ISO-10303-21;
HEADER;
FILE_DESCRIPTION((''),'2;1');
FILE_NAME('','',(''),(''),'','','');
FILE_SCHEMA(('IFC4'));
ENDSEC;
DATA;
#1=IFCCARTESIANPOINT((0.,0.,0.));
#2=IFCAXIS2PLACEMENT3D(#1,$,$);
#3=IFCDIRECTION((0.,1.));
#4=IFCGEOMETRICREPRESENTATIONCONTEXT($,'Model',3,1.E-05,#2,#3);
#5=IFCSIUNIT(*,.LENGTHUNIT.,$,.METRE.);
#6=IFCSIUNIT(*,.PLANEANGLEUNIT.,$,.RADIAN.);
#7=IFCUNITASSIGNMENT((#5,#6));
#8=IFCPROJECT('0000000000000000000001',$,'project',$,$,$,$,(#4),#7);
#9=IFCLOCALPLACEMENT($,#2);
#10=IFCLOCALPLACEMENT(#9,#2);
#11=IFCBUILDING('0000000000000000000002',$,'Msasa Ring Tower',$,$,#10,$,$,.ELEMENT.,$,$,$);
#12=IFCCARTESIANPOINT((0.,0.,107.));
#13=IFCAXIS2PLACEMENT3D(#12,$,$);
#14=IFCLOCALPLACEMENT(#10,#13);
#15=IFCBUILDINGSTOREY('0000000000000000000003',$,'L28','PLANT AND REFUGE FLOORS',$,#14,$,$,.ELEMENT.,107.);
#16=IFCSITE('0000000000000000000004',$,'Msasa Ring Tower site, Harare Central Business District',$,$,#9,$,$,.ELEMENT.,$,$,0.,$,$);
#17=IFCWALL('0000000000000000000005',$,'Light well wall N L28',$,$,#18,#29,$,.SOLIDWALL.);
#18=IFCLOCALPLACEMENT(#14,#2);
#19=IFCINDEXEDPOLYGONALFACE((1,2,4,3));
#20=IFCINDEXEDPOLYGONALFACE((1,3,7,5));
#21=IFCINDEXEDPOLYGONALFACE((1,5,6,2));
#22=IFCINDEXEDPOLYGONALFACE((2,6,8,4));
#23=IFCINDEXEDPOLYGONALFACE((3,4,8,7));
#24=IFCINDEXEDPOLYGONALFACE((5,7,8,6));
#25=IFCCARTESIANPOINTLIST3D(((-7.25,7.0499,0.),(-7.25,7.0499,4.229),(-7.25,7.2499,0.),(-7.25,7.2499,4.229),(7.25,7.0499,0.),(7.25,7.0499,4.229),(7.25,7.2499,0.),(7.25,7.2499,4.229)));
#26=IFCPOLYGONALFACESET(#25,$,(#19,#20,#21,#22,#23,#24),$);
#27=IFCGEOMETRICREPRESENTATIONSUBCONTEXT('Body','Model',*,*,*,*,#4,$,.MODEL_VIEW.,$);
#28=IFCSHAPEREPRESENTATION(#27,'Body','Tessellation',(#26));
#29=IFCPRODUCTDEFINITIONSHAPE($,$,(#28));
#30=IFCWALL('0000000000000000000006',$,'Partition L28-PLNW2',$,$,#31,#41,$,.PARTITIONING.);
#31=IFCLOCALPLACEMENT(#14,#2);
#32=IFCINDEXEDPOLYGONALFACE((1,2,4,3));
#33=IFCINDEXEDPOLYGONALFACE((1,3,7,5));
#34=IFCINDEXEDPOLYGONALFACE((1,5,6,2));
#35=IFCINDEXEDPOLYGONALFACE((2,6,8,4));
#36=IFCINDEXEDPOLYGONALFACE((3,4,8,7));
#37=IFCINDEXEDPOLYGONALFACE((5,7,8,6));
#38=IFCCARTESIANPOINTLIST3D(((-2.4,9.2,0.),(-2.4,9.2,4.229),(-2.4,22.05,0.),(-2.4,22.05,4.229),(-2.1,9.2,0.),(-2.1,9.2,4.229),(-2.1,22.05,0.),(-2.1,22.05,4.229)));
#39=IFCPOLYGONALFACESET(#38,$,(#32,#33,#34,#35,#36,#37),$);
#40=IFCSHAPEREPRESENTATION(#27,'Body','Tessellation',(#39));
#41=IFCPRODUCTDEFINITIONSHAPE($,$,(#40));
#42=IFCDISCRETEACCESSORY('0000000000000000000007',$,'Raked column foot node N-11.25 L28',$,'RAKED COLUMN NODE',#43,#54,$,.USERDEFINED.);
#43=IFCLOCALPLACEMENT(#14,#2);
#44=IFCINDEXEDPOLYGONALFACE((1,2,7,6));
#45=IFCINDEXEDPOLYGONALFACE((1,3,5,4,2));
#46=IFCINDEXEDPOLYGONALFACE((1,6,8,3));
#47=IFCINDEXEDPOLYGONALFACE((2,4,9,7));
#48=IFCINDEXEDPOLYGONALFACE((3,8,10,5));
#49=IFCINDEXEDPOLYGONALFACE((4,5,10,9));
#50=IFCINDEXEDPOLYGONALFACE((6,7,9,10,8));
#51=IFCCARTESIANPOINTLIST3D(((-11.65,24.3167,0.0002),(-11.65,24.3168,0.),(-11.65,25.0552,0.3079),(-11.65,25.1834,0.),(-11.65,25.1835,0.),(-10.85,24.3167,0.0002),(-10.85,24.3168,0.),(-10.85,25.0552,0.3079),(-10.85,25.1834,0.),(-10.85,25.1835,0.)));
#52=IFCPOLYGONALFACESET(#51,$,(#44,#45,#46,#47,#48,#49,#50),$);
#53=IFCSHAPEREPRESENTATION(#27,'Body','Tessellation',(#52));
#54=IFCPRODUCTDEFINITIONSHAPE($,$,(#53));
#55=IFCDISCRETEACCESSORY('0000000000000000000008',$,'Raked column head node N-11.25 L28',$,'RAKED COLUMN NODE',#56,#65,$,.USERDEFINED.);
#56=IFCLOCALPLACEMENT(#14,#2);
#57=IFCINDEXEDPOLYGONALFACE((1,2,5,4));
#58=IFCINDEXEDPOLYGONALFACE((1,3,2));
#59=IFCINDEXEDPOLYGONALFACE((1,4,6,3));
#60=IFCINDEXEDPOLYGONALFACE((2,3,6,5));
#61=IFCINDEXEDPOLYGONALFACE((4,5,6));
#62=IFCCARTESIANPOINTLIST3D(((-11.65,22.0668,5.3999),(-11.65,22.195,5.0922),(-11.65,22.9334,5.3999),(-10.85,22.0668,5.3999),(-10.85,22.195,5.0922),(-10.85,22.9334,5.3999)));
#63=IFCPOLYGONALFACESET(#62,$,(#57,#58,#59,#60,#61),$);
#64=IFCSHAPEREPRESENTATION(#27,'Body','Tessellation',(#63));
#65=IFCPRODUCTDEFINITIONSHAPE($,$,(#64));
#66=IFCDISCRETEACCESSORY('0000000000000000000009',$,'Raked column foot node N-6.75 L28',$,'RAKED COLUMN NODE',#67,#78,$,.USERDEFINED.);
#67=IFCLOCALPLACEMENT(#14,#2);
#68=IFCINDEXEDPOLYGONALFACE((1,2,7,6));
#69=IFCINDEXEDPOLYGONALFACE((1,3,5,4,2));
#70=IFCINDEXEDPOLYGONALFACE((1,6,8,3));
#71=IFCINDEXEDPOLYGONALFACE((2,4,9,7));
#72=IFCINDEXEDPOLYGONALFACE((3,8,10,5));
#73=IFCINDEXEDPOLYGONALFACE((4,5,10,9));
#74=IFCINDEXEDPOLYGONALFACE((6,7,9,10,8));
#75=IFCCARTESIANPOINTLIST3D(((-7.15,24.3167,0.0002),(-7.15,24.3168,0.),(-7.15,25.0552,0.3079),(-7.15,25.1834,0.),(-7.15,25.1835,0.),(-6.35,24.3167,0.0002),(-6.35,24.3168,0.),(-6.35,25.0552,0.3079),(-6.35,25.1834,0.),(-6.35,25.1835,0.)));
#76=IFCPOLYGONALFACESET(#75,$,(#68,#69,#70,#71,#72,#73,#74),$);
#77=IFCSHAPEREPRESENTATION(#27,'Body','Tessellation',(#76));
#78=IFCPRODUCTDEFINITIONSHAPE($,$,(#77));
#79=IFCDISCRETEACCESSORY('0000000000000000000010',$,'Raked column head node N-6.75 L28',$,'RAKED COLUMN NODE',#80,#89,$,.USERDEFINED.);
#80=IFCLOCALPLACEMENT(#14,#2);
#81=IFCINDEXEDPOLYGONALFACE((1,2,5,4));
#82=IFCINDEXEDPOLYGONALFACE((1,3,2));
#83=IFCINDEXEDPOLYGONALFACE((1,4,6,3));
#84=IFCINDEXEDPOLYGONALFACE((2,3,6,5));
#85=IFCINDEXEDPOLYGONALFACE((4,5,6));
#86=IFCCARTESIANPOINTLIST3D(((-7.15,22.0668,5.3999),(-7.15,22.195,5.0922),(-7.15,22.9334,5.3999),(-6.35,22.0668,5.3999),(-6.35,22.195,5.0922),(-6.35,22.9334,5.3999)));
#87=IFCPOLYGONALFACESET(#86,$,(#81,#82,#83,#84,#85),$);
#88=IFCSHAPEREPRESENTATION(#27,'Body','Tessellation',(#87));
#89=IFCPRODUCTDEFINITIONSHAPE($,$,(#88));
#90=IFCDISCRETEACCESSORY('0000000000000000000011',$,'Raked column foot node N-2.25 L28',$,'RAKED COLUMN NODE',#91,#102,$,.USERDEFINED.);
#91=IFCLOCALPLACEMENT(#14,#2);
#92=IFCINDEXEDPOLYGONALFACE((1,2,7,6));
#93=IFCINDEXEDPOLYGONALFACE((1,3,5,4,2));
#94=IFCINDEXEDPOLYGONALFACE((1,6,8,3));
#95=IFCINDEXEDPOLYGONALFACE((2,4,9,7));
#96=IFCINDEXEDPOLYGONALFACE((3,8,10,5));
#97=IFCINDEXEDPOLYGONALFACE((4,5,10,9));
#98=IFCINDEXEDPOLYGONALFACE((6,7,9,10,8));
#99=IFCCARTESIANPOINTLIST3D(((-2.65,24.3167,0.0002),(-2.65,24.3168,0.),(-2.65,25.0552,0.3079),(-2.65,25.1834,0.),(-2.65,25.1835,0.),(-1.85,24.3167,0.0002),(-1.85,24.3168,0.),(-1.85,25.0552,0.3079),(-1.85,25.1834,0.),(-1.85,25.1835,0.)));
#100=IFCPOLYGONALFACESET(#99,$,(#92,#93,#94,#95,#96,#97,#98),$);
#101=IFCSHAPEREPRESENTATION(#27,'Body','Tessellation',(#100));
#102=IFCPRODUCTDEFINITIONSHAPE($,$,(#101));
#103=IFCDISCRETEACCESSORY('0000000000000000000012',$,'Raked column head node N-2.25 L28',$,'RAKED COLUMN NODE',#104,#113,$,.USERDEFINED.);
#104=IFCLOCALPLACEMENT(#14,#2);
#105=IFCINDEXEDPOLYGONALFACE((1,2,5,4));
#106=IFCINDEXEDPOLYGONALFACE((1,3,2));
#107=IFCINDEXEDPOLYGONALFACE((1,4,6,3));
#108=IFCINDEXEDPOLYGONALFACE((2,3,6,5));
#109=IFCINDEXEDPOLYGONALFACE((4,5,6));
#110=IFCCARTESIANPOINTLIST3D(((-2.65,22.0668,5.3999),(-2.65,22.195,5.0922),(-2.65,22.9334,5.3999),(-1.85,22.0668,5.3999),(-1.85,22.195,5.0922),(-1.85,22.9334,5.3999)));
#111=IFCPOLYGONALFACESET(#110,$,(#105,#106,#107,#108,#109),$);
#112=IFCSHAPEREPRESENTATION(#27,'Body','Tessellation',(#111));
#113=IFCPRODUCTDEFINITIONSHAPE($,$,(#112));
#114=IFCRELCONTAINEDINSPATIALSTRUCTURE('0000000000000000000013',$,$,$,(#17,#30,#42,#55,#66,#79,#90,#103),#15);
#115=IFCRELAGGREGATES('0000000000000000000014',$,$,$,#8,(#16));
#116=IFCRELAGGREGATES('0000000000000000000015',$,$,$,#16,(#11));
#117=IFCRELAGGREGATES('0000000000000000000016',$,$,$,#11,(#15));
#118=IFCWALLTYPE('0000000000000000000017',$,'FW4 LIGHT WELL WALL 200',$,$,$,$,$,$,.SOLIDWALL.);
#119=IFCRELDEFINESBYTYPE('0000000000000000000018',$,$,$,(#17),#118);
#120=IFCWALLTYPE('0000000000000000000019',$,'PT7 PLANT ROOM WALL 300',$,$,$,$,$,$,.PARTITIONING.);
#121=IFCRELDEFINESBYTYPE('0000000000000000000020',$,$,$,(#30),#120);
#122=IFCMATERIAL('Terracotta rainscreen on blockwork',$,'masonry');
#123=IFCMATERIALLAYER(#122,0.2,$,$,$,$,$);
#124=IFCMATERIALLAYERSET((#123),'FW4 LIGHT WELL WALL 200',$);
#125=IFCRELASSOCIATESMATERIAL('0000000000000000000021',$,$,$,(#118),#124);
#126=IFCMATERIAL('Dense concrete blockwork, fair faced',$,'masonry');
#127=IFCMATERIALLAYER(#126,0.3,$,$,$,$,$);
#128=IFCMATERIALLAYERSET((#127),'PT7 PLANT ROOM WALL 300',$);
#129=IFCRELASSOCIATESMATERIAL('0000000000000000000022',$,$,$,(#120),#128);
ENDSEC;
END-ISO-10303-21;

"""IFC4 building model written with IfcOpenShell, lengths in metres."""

from ifc_helpers import new_model, si_unit, direction, frame, frame_2d, origin, origin_2d, place, context, subcontext, project, spatial, rectangle, extrude, clip, halfspace, material, layer, layer_set, type_object, element, save


model = new_model("IFC4")

# Units and contexts
model_context = context("Model", 3, precision=1e-05, world=origin(), true_north=direction((0.0, 1.0)))
body_context = subcontext(model_context, "Body", "Model", "MODEL_VIEW")
ifc_project = project(units=[si_unit("LENGTHUNIT", "METRE"), si_unit("PLANEANGLEUNIT", "RADIAN")], contexts=[model_context])

# Site, building, storey
site_placement = place(None, origin())
site = spatial("IfcSite", under=ifc_project, at=site_placement, Name="Msasa Ring Tower site, Harare Central Business District", CompositionType="ELEMENT", RefElevation=0.0)
building_placement = place(site_placement, origin())
building = spatial("IfcBuilding", under=site, at=building_placement, Name="Msasa Ring Tower", CompositionType="ELEMENT")
storey_placement = place(building_placement, frame((0.0, 0.0, 107.0)))
storey = spatial("IfcBuildingStorey", under=building, at=storey_placement, Name="L28", Description="PLANT AND REFUGE FLOORS", CompositionType="ELEMENT", Elevation=107.0)

# Walls
ifc_material_1 = material(Name="Terracotta rainscreen on blockwork", Category="masonry")
ifc_layer_1 = layer(ifc_material_1, 0.2)
ifc_layer_set_1 = layer_set([ifc_layer_1], Name="FW4 LIGHT WELL WALL 200")
wall_type_1 = type_object("IfcWallType", Name="FW4 LIGHT WELL WALL 200", PredefinedType="SOLIDWALL", material=ifc_layer_set_1)
wall_1_placement = place(storey_placement, frame((-7.25, 7.1499, 0.0), z_axis=(0.0, 0.0, 1.0), x_axis=(1.0, 0.0, 0.0)))
element("IfcWall", 1, at=wall_1_placement, inside=storey, type_object=wall_type_1, Name="Light well wall N L28", PredefinedType="SOLIDWALL", context=body_context, shape_type="SweptSolid", body=[
    extrude(rectangle(XDim=14.5, YDim=0.2, at=frame_2d((7.25, 0.0))), origin(), (0.0, 0.0, 1.0), 4.229),
])
ifc_material_2 = material(Name="Dense concrete blockwork, fair faced", Category="masonry")
ifc_layer_2 = layer(ifc_material_2, 0.3)
ifc_layer_set_2 = layer_set([ifc_layer_2], Name="PT7 PLANT ROOM WALL 300")
wall_type_2 = type_object("IfcWallType", Name="PT7 PLANT ROOM WALL 300", PredefinedType="PARTITIONING", material=ifc_layer_set_2)
wall_2_placement = place(storey_placement, frame((-2.25, 9.2, 0.0), z_axis=(0.0, 0.0, 1.0), x_axis=(0.0, 1.0, 0.0)))
element("IfcWall", 2, at=wall_2_placement, inside=storey, type_object=wall_type_2, Name="Partition L28-PLNW2", PredefinedType="PARTITIONING", context=body_context, shape_type="SweptSolid", body=[
    extrude(rectangle(XDim=12.8501, YDim=0.3, at=frame_2d((6.425, 0.0))), origin(), (0.0, 0.0, 1.0), 4.229),
])

# Discrete accessories
discrete_accessory_1_placement = place(storey_placement, frame((-11.25, 24.75, 0.0)))
element("IfcDiscreteAccessory", 3, at=discrete_accessory_1_placement, inside=storey, Name="Raked column foot node N-11.25 L28", ObjectType="RAKED COLUMN NODE", PredefinedType="USERDEFINED", context=body_context, shape_type="Clipping", body=[
    clip(extrude(rectangle(XDim=0.8, YDim=0.8, at=origin_2d()), frame((0.0, 0.0642, -0.1538), z_axis=(0.0, -0.384615, 0.923077), x_axis=(0.0, 0.923077, 0.384615)), (0.0, 0.0, 1.0), 0.3335), halfspace(frame((0.0, 0.0, 0.0), z_axis=(0.0, 0.0, 1.0)), True)),
])
discrete_accessory_2_placement = place(storey_placement, frame((-11.25, 22.5, 5.3999)))
element("IfcDiscreteAccessory", 4, at=discrete_accessory_2_placement, inside=storey, Name="Raked column head node N-11.25 L28", ObjectType="RAKED COLUMN NODE", PredefinedType="USERDEFINED", context=body_context, shape_type="Clipping", body=[
    clip(extrude(rectangle(XDim=0.8, YDim=0.8, at=origin_2d()), frame((0.0, 0.0642, -0.1538), z_axis=(0.0, -0.384615, 0.923077), x_axis=(0.0, 0.923077, 0.384615)), (0.0, 0.0, 1.0), 0.3335), halfspace(frame((0.0, 0.0, 0.0), z_axis=(0.0, 0.0, -1.0)), True)),
])
discrete_accessory_3_placement = place(storey_placement, frame((-6.75, 24.75, 0.0)))
element("IfcDiscreteAccessory", 5, at=discrete_accessory_3_placement, inside=storey, Name="Raked column foot node N-6.75 L28", ObjectType="RAKED COLUMN NODE", PredefinedType="USERDEFINED", context=body_context, shape_type="Clipping", body=[
    clip(extrude(rectangle(XDim=0.8, YDim=0.8, at=origin_2d()), frame((0.0, 0.0642, -0.1538), z_axis=(0.0, -0.384615, 0.923077), x_axis=(0.0, 0.923077, 0.384615)), (0.0, 0.0, 1.0), 0.3335), halfspace(frame((0.0, 0.0, 0.0), z_axis=(0.0, 0.0, 1.0)), True)),
])
discrete_accessory_4_placement = place(storey_placement, frame((-6.75, 22.5, 5.3999)))
element("IfcDiscreteAccessory", 6, at=discrete_accessory_4_placement, inside=storey, Name="Raked column head node N-6.75 L28", ObjectType="RAKED COLUMN NODE", PredefinedType="USERDEFINED", context=body_context, shape_type="Clipping", body=[
    clip(extrude(rectangle(XDim=0.8, YDim=0.8, at=origin_2d()), frame((0.0, 0.0642, -0.1538), z_axis=(0.0, -0.384615, 0.923077), x_axis=(0.0, 0.923077, 0.384615)), (0.0, 0.0, 1.0), 0.3335), halfspace(frame((0.0, 0.0, 0.0), z_axis=(0.0, 0.0, -1.0)), True)),
])
discrete_accessory_5_placement = place(storey_placement, frame((-2.25, 24.75, 0.0)))
element("IfcDiscreteAccessory", 7, at=discrete_accessory_5_placement, inside=storey, Name="Raked column foot node N-2.25 L28", ObjectType="RAKED COLUMN NODE", PredefinedType="USERDEFINED", context=body_context, shape_type="Clipping", body=[
    clip(extrude(rectangle(XDim=0.8, YDim=0.8, at=origin_2d()), frame((0.0, 0.0642, -0.1538), z_axis=(0.0, -0.384615, 0.923077), x_axis=(0.0, 0.923077, 0.384615)), (0.0, 0.0, 1.0), 0.3335), halfspace(frame((0.0, 0.0, 0.0), z_axis=(0.0, 0.0, 1.0)), True)),
])
discrete_accessory_6_placement = place(storey_placement, frame((-2.25, 22.5, 5.3999)))
element("IfcDiscreteAccessory", 8, at=discrete_accessory_6_placement, inside=storey, Name="Raked column head node N-2.25 L28", ObjectType="RAKED COLUMN NODE", PredefinedType="USERDEFINED", context=body_context, shape_type="Clipping", body=[
    clip(extrude(rectangle(XDim=0.8, YDim=0.8, at=origin_2d()), frame((0.0, 0.0642, -0.1538), z_axis=(0.0, -0.384615, 0.923077), x_axis=(0.0, 0.923077, 0.384615)), (0.0, 0.0, 1.0), 0.3335), halfspace(frame((0.0, 0.0, 0.0), z_axis=(0.0, 0.0, -1.0)), True)),
])

save(model, "model.ifc")
